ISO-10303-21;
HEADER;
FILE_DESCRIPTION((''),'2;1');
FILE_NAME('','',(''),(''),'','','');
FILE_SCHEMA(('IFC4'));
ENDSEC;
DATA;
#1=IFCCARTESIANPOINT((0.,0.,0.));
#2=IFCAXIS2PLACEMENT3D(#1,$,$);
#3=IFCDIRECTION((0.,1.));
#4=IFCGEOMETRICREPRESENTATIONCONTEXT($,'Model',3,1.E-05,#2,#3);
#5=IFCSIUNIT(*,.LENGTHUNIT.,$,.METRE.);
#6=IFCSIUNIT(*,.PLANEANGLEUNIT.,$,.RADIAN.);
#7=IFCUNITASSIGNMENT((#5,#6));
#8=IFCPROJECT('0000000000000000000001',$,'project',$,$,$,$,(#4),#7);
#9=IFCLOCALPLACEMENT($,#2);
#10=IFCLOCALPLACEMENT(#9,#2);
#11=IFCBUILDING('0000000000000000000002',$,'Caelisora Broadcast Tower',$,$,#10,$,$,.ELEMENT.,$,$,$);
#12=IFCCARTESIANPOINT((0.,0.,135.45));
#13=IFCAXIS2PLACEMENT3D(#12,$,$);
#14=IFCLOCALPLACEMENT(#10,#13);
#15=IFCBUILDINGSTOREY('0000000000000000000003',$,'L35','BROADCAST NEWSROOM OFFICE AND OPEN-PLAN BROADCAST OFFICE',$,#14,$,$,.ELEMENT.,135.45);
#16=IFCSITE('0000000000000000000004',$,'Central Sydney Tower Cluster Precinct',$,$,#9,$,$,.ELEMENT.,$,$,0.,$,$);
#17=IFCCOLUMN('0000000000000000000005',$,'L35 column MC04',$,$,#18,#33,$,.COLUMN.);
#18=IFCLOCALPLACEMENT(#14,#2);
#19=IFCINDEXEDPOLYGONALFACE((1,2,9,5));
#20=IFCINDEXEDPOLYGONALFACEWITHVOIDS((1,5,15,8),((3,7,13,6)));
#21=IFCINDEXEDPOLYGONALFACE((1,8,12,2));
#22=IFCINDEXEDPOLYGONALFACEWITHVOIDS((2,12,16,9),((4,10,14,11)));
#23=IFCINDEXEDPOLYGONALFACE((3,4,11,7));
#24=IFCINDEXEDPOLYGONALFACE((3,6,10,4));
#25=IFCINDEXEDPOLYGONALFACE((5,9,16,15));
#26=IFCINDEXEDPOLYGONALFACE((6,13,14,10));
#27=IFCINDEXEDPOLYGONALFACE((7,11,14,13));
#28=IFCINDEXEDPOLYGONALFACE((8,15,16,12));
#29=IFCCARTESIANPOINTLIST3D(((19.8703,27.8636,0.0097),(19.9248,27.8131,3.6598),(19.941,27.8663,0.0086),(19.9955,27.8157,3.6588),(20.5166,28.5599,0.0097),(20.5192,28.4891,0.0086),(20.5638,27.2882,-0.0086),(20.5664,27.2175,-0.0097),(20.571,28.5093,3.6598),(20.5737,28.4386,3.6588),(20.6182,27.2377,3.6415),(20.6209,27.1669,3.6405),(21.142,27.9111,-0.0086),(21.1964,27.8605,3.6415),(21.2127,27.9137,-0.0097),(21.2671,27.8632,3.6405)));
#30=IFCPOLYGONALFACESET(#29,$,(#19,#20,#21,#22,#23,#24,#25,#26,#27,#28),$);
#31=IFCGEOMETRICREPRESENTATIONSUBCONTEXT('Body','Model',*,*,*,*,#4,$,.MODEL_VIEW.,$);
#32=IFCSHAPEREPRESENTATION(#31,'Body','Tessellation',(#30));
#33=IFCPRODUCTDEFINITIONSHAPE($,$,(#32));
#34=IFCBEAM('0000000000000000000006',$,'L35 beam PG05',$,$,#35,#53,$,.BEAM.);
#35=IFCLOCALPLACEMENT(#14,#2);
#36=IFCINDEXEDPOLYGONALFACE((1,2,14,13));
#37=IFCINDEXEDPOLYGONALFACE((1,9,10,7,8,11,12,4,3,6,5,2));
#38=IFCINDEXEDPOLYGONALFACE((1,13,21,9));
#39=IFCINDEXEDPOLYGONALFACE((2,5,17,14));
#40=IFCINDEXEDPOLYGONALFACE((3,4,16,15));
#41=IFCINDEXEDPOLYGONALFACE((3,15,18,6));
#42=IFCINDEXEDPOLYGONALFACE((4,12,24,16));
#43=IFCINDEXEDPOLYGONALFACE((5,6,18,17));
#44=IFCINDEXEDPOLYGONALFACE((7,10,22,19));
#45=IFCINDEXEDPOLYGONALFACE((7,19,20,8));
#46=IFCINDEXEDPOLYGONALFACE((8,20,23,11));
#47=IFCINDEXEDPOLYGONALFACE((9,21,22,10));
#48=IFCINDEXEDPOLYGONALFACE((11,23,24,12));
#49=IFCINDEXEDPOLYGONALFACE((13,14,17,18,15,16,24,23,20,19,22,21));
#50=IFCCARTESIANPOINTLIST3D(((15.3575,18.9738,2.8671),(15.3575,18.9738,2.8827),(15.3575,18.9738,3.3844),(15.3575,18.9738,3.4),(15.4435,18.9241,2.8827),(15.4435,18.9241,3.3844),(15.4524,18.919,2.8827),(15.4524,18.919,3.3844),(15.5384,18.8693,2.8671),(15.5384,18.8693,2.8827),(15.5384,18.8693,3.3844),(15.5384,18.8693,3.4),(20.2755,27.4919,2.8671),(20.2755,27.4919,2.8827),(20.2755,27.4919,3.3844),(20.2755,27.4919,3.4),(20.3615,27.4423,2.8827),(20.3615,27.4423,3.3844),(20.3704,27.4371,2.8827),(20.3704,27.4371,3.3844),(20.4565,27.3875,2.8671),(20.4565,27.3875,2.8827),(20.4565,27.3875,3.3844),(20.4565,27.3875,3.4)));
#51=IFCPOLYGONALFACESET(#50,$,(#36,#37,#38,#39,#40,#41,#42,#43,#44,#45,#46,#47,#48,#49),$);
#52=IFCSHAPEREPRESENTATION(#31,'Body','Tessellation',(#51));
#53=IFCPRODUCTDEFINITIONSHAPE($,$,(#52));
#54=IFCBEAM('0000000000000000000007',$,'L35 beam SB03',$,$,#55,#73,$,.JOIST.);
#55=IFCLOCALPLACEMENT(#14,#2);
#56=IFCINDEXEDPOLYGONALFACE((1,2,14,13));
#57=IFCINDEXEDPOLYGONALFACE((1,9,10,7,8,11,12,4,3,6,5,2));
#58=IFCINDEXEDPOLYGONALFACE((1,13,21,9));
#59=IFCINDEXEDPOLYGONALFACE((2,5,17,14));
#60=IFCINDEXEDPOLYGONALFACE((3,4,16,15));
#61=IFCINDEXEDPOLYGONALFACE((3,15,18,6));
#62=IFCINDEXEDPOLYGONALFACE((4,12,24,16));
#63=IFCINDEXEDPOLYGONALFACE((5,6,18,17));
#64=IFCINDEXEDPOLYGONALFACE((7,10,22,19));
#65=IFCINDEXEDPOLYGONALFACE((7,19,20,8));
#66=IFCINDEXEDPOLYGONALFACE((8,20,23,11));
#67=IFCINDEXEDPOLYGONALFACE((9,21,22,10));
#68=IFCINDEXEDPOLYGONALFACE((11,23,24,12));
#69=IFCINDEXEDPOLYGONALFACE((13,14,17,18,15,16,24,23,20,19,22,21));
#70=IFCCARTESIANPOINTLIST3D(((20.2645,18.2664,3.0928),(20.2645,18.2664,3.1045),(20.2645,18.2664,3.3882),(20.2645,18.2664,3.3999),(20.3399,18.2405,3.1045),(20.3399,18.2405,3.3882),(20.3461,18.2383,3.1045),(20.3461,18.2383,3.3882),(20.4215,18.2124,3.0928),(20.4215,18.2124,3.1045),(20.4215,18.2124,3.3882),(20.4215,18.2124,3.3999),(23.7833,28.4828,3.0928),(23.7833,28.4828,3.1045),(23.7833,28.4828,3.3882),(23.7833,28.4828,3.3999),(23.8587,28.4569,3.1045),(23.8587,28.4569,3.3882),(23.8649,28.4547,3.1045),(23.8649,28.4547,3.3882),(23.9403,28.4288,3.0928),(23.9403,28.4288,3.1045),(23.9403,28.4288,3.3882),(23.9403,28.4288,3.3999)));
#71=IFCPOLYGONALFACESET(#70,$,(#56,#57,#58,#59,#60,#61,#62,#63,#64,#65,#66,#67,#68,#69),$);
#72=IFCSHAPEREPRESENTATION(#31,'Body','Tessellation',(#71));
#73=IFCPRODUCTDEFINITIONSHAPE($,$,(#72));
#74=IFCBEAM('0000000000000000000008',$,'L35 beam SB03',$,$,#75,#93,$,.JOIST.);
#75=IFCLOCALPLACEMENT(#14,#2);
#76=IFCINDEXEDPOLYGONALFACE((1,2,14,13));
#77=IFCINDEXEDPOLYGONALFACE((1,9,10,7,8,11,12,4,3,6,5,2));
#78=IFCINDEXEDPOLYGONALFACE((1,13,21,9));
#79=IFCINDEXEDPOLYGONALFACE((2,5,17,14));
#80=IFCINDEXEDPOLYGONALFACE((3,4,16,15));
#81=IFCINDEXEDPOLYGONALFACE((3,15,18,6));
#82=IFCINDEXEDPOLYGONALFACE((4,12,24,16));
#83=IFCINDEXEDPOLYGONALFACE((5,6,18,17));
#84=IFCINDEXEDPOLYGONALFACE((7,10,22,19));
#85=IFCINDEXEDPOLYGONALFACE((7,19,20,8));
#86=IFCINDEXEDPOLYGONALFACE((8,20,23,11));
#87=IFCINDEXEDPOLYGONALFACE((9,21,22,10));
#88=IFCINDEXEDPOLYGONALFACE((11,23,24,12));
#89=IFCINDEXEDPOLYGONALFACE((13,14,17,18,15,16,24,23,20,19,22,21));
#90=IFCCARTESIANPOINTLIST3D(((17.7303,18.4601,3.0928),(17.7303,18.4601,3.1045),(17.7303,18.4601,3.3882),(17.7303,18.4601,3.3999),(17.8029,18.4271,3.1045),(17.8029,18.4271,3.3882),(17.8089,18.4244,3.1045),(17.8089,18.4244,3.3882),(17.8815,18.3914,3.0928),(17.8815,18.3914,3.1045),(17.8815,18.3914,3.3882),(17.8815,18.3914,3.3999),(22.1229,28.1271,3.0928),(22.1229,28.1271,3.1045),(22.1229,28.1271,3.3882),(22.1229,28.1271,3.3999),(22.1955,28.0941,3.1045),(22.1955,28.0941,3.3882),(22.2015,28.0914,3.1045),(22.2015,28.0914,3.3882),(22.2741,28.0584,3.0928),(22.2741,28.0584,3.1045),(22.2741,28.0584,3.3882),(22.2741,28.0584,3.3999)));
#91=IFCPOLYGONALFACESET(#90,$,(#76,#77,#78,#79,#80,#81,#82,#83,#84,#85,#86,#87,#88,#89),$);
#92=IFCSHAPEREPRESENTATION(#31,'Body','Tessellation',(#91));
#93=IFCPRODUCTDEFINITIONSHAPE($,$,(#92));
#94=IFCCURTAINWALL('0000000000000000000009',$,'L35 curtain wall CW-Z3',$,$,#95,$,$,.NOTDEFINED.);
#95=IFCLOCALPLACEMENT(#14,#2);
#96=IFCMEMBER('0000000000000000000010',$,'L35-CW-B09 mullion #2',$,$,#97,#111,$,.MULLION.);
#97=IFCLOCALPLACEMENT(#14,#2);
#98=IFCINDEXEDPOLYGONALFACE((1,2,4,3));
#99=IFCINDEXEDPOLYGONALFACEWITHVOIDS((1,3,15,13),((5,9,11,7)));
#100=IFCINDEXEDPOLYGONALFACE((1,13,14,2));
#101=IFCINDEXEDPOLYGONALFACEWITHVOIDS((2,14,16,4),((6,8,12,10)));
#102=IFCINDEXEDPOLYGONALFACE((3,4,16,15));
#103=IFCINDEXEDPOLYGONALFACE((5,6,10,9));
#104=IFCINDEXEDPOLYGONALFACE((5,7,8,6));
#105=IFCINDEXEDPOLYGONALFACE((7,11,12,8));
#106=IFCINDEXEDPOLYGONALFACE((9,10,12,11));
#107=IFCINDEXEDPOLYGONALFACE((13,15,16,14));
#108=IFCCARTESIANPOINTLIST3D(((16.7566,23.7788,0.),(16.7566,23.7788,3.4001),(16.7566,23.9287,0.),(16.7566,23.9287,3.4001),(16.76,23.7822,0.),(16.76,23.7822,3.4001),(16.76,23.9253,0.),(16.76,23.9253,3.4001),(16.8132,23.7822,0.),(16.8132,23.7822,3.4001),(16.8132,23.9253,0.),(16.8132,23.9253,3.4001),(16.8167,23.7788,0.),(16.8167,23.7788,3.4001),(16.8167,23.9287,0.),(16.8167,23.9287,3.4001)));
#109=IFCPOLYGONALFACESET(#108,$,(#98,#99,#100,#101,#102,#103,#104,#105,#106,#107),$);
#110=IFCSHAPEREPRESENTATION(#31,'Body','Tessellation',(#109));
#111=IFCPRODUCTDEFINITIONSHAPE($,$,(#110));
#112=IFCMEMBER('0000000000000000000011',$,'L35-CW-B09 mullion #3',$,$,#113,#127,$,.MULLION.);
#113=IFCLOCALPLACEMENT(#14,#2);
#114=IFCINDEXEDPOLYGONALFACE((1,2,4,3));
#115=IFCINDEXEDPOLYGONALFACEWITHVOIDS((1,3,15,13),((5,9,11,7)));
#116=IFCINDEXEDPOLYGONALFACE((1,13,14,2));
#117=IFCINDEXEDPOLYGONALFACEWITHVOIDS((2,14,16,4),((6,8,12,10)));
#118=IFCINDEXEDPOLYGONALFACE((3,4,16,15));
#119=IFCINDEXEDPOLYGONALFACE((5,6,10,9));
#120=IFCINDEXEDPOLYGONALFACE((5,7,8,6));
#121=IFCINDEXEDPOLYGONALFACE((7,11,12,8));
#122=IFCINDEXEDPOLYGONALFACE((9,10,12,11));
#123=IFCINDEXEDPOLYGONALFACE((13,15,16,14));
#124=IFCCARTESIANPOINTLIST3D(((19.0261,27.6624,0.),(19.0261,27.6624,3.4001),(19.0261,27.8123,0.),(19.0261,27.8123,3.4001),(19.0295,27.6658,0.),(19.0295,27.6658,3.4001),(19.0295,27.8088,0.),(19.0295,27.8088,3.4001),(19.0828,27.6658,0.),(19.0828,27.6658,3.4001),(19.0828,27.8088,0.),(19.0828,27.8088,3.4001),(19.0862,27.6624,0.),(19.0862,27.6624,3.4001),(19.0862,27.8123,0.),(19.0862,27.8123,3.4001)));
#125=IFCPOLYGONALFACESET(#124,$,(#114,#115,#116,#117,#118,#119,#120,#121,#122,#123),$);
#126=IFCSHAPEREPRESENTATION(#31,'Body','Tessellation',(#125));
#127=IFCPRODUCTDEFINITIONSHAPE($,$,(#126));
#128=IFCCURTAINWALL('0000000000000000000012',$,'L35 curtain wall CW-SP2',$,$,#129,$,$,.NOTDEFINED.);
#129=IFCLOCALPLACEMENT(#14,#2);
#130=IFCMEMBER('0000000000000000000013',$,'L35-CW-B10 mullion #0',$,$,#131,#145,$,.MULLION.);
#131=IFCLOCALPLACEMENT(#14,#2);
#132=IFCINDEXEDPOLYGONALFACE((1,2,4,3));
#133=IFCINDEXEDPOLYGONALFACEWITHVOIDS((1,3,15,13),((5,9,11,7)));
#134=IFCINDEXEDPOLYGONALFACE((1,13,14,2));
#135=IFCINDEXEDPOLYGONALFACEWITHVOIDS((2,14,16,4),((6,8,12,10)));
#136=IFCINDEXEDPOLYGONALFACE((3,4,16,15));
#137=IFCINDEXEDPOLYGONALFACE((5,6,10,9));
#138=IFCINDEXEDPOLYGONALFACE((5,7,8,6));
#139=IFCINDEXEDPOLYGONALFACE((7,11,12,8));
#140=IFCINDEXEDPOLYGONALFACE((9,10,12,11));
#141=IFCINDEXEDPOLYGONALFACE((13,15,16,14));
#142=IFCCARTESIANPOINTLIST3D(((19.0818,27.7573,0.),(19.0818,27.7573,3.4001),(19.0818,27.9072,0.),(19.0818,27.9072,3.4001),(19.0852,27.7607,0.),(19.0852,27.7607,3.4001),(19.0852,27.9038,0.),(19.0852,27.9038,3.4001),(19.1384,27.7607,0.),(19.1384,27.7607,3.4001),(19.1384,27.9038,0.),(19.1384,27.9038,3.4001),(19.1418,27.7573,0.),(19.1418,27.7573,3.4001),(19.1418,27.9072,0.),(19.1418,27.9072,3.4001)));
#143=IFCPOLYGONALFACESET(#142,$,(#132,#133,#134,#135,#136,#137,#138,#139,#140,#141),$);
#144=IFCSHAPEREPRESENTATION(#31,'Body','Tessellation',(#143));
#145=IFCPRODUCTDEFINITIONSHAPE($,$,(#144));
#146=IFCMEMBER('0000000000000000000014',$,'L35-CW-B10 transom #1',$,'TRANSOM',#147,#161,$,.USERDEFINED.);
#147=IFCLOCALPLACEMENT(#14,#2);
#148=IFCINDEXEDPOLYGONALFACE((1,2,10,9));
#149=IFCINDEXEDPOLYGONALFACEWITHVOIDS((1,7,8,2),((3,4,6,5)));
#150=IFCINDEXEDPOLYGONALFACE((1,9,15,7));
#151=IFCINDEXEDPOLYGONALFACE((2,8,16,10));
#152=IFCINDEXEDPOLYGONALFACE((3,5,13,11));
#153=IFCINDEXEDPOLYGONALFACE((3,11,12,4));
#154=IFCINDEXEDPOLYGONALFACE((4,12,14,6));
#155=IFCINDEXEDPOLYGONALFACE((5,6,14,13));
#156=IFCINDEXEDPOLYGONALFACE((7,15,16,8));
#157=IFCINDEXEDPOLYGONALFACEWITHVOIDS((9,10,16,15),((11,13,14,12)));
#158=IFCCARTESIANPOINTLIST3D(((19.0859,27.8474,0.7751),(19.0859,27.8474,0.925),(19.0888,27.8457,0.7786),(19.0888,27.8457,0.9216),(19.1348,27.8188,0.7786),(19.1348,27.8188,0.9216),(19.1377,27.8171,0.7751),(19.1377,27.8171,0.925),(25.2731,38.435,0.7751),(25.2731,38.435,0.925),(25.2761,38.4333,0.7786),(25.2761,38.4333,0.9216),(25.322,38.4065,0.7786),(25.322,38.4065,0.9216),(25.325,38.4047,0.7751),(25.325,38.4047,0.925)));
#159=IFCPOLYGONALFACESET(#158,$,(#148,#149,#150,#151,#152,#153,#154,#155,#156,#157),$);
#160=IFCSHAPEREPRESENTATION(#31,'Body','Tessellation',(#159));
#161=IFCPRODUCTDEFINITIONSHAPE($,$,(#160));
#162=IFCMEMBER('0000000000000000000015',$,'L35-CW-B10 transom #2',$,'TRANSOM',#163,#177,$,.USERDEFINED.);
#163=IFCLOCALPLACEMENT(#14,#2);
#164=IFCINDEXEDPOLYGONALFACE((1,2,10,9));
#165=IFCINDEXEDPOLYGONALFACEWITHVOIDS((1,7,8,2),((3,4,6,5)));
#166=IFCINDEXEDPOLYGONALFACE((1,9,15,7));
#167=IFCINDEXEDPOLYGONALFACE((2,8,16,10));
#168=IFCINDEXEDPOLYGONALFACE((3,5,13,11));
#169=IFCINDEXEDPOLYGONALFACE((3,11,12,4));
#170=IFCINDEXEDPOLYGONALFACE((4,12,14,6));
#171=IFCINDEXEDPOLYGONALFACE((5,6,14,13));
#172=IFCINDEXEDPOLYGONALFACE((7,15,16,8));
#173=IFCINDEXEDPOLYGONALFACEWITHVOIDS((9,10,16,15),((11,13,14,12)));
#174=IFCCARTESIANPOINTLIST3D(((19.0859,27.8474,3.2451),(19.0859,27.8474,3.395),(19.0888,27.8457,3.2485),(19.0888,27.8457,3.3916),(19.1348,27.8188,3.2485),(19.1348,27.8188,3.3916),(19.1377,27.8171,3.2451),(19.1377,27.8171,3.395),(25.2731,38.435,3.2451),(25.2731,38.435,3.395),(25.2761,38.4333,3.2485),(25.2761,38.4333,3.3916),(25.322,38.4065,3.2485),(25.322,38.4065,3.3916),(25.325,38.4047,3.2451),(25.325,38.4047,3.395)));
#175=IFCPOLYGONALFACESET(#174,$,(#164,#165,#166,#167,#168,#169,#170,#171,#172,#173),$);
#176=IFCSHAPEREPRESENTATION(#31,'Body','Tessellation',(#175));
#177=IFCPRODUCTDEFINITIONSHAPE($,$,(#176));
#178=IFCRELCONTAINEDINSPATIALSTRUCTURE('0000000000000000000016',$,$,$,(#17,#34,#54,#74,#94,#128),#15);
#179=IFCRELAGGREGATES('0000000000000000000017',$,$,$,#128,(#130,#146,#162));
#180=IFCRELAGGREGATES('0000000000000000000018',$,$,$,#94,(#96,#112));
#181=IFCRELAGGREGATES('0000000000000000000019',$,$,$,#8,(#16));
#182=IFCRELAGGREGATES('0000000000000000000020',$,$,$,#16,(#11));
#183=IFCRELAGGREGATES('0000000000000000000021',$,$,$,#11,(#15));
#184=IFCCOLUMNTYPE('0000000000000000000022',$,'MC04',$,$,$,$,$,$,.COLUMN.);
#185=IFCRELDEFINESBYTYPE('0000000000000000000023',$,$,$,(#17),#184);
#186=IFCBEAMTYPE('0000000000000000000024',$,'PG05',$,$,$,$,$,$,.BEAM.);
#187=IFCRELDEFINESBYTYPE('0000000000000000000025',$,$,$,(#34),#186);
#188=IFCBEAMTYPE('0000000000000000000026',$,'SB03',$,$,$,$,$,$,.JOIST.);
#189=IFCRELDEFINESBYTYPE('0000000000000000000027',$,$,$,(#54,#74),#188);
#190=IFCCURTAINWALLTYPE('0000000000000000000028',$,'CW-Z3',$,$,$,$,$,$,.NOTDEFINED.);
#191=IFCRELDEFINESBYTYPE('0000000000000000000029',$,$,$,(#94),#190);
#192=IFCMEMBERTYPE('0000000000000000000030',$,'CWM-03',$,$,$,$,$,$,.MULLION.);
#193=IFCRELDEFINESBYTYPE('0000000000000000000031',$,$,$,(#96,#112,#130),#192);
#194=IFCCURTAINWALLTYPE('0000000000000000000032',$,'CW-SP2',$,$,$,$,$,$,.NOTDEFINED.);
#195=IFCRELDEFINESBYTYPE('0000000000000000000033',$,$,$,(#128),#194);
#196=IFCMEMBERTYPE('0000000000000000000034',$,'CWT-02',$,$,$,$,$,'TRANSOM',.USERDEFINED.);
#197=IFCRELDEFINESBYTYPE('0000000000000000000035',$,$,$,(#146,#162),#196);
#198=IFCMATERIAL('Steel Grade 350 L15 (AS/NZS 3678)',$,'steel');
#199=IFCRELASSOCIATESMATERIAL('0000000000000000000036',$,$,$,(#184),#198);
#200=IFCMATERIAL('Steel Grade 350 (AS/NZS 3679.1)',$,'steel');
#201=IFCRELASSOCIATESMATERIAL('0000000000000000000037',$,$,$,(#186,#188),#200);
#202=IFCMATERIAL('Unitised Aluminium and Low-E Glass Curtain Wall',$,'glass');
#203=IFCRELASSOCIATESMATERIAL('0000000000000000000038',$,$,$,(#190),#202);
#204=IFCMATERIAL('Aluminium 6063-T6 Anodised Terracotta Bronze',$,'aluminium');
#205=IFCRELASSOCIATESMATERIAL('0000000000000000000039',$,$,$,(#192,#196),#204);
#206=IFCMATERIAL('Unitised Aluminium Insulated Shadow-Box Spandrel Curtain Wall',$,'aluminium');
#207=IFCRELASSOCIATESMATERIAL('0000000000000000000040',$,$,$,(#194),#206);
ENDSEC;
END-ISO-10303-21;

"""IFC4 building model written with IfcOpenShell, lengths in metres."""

from ifc_helpers import new_model, si_unit, direction, frame, origin, origin_2d, place, context, subcontext, project, spatial, hollow_rectangle, i_section, extrude, source, transform, mapped, material, material_profile, profile_set, type_object, type_shapes, element, aggregate, save


model = new_model("IFC4")

# Units and contexts
model_context = context("Model", 3, precision=1e-05, world=origin(), true_north=direction((0.0, 1.0)))
body_context = subcontext(model_context, "Body", "Model", "MODEL_VIEW")
ifc_project = project(units=[si_unit("LENGTHUNIT", "METRE"), si_unit("PLANEANGLEUNIT", "RADIAN")], contexts=[model_context])

# Site, building, storey
site_placement = place(None, origin())
site = spatial("IfcSite", under=ifc_project, at=site_placement, Name="Central Sydney Tower Cluster Precinct", CompositionType="ELEMENT", RefElevation=0.0)
building_placement = place(site_placement, origin())
building = spatial("IfcBuilding", under=site, at=building_placement, Name="Caelisora Broadcast Tower", CompositionType="ELEMENT")
storey_placement = place(building_placement, frame((0.0, 0.0, 135.45)))
storey = spatial("IfcBuildingStorey", under=building, at=storey_placement, Name="L35", Description="BROADCAST NEWSROOM OFFICE AND OPEN-PLAN BROADCAST OFFICE", CompositionType="ELEMENT", Elevation=135.45)

# Column
ifc_material_1 = material(Name="Steel Grade 350 L15 (AS/NZS 3678)", Category="steel")
ifc_material_profile_1 = material_profile(ifc_material_1, hollow_rectangle(XDim=0.95, YDim=0.95, WallThickness=0.05, at=origin_2d()), Name="Steel Grade 350 L15 (AS/NZS 3678)")
ifc_profile_set_1 = profile_set([ifc_material_profile_1], Name="Steel Grade 350 L15 (AS/NZS 3678)")
column_type = type_object("IfcColumnType", Name="MC04", PredefinedType="COLUMN", material=ifc_profile_set_1)
shared_shape_1 = source(origin(), body_context, "Body", "SweptSolid", [
    extrude(hollow_rectangle(XDim=0.95, YDim=0.95, WallThickness=0.05, at=origin_2d()), origin(), (0.0, 0.0, 1.0), 3.6509),
])
type_shapes(column_type, [shared_shape_1])
column_placement = place(storey_placement, frame((20.5415, 27.8887, 0.0), z_axis=(0.014912, -0.013842, 0.999793), x_axis=(0.680325, 0.732911, 0.0)))
element("IfcColumn", 1, at=column_placement, inside=storey, type_object=column_type, Name="L35 column MC04", PredefinedType="COLUMN", context=body_context, shape_type="MappedRepresentation", body=[
    mapped(shared_shape_1, transform((0.0, 0.0, 0.0), scale=1.0)),
])

# Beams
ifc_material_2 = material(Name="Steel Grade 350 (AS/NZS 3679.1)", Category="steel")
ifc_material_profile_2 = material_profile(ifc_material_2, i_section(OverallWidth=0.209, OverallDepth=0.533, WebThickness=0.0103, FlangeThickness=0.0156, at=origin_2d()), Name="Steel Grade 350 (AS/NZS 3679.1)")
ifc_profile_set_2 = profile_set([ifc_material_profile_2], Name="Steel Grade 350 (AS/NZS 3679.1)")
beam_type_1 = type_object("IfcBeamType", Name="PG05", PredefinedType="BEAM", material=ifc_profile_set_2)
shared_shape_2 = source(origin(), body_context, "Body", "SweptSolid", [
    extrude(i_section(OverallWidth=0.209, OverallDepth=0.533, WebThickness=0.0103, FlangeThickness=0.0156, at=origin_2d()), origin(), (0.0, 0.0, 1.0), 9.8359),
])
type_shapes(beam_type_1, [shared_shape_2])
beam_1_placement = place(storey_placement, frame((20.366, 27.4397, 3.1335), z_axis=(-0.500005, -0.866023, 0.0), x_axis=(0.866023, -0.500005, 0.0)))
element("IfcBeam", 2, at=beam_1_placement, inside=storey, type_object=beam_type_1, Name="L35 beam PG05", PredefinedType="BEAM", context=body_context, shape_type="MappedRepresentation", body=[
    mapped(shared_shape_2, transform((0.0, 0.0, 0.0), scale=1.0)),
])
ifc_material_profile_3 = material_profile(ifc_material_2, i_section(OverallWidth=0.166, OverallDepth=0.3071, WebThickness=0.0066, FlangeThickness=0.0117, at=origin_2d()), Name="Steel Grade 350 (AS/NZS 3679.1)")
ifc_profile_set_3 = profile_set([ifc_material_profile_3], Name="Steel Grade 350 (AS/NZS 3679.1)")
beam_type_2 = type_object("IfcBeamType", Name="SB03", PredefinedType="JOIST", material=ifc_profile_set_3)
shared_shape_3 = source(origin(), body_context, "Body", "SweptSolid", [
    extrude(i_section(OverallWidth=0.166, OverallDepth=0.3071, WebThickness=0.0066, FlangeThickness=0.0117, at=origin_2d()), origin(), (0.0, 0.0, 1.0), 10.8054),
])
beam_2_placement = place(storey_placement, frame((23.8618, 28.4558, 3.2463), z_axis=(-0.325654, -0.945489, 0.0), x_axis=(0.945489, -0.325654, 0.0)))
element("IfcBeam", 3, at=beam_2_placement, inside=storey, type_object=beam_type_2, Name="L35 beam SB03", PredefinedType="JOIST", context=body_context, shape_type="MappedRepresentation", body=[
    mapped(shared_shape_3, transform((0.0, 0.0, 0.0), scale=1.0)),
])
shared_shape_4 = source(origin(), body_context, "Body", "SweptSolid", [
    extrude(i_section(OverallWidth=0.166, OverallDepth=0.3071, WebThickness=0.0066, FlangeThickness=0.0117, at=origin_2d()), origin(), (0.0, 0.0, 1.0), 10.6182),
])
type_shapes(beam_type_2, [shared_shape_3, shared_shape_4])
beam_3_placement = place(storey_placement, frame((22.1985, 28.0928, 3.2463), z_axis=(-0.413685, -0.91042, 0.0), x_axis=(0.91042, -0.413685, 0.0)))
element("IfcBeam", 4, at=beam_3_placement, inside=storey, type_object=beam_type_2, Name="L35 beam SB03", PredefinedType="JOIST", context=body_context, shape_type="MappedRepresentation", body=[
    mapped(shared_shape_4, transform((0.0, 0.0, 0.0), scale=1.0)),
])

# Curtain walls, members
ifc_material_3 = material(Name="Unitised Aluminium and Low-E Glass Curtain Wall", Category="glass")
curtain_wall_type_1 = type_object("IfcCurtainWallType", Name="CW-Z3", PredefinedType="NOTDEFINED", material=ifc_material_3)
curtain_wall_1_placement = place(storey_placement, origin())
curtain_wall_1 = element("IfcCurtainWall", 5, at=curtain_wall_1_placement, inside=storey, type_object=curtain_wall_type_1, Name="L35 curtain wall CW-Z3", PredefinedType="NOTDEFINED")
ifc_material_4 = material(Name="Aluminium 6063-T6 Anodised Terracotta Bronze", Category="aluminium")
ifc_material_profile_4 = material_profile(ifc_material_4, hollow_rectangle(XDim=0.0601, YDim=0.1499, WallThickness=0.0034, at=origin_2d()), Name="Aluminium 6063-T6 Anodised Terracotta Bronze")
ifc_profile_set_4 = profile_set([ifc_material_profile_4], Name="Aluminium 6063-T6 Anodised Terracotta Bronze")
member_type_1 = type_object("IfcMemberType", Name="CWM-03", PredefinedType="MULLION", material=ifc_profile_set_4)
shared_shape_5 = source(origin(), body_context, "Body", "SweptSolid", [
    extrude(hollow_rectangle(XDim=0.0601, YDim=0.1499, WallThickness=0.0034, at=origin_2d()), origin(), (0.0, 0.0, 1.0), 3.4001),
])
type_shapes(member_type_1, [shared_shape_5])
member_1_placement = place(storey_placement, frame((16.7866, 23.8538, 0.0), z_axis=(0.0, 0.0, 1.0), x_axis=(1.0, 0.0, 0.0)))
member_1 = element("IfcMember", 6, at=member_1_placement, type_object=member_type_1, Name="L35-CW-B09 mullion #2", PredefinedType="MULLION", context=body_context, shape_type="MappedRepresentation", body=[
    mapped(shared_shape_5, transform((0.0, 0.0, 0.0), scale=1.0)),
])
member_2_placement = place(storey_placement, frame((19.0562, 27.7373, 0.0), z_axis=(0.0, 0.0, 1.0), x_axis=(1.0, 0.0, 0.0)))
member_2 = element("IfcMember", 7, at=member_2_placement, type_object=member_type_1, Name="L35-CW-B09 mullion #3", PredefinedType="MULLION", context=body_context, shape_type="MappedRepresentation", body=[
    mapped(shared_shape_5, transform((0.0, 0.0, 0.0), scale=1.0)),
])
ifc_material_5 = material(Name="Unitised Aluminium Insulated Shadow-Box Spandrel Curtain Wall", Category="aluminium")
curtain_wall_type_2 = type_object("IfcCurtainWallType", Name="CW-SP2", PredefinedType="NOTDEFINED", material=ifc_material_5)
curtain_wall_2_placement = place(storey_placement, origin())
curtain_wall_2 = element("IfcCurtainWall", 8, at=curtain_wall_2_placement, inside=storey, type_object=curtain_wall_type_2, Name="L35 curtain wall CW-SP2", PredefinedType="NOTDEFINED")
member_3_placement = place(storey_placement, frame((19.1118, 27.8323, 0.0), z_axis=(0.0, 0.0, 1.0), x_axis=(1.0, 0.0, 0.0)))
member_3 = element("IfcMember", 9, at=member_3_placement, type_object=member_type_1, Name="L35-CW-B10 mullion #0", PredefinedType="MULLION", context=body_context, shape_type="MappedRepresentation", body=[
    mapped(shared_shape_5, transform((0.0, 0.0, 0.0), scale=1.0)),
])
ifc_material_profile_5 = material_profile(ifc_material_4, hollow_rectangle(XDim=0.0601, YDim=0.1499, WallThickness=0.0034, at=origin_2d()), Name="Aluminium 6063-T6 Anodised Terracotta Bronze")
ifc_profile_set_5 = profile_set([ifc_material_profile_5], Name="Aluminium 6063-T6 Anodised Terracotta Bronze")
member_type_2 = type_object("IfcMemberType", Name="CWT-02", ElementType="TRANSOM", PredefinedType="USERDEFINED", material=ifc_profile_set_5)
shared_shape_6 = source(origin(), body_context, "Body", "SweptSolid", [
    extrude(hollow_rectangle(XDim=0.0601, YDim=0.1499, WallThickness=0.0034, at=origin_2d()), origin(), (0.0, 0.0, 1.0), 12.2629),
])
type_shapes(member_type_2, [shared_shape_6])
member_4_placement = place(storey_placement, frame((19.1118, 27.8323, 0.8501), z_axis=(0.504548, 0.863384, 0.0), x_axis=(-0.863384, 0.504548, 0.0)))
member_4 = element("IfcMember", 10, at=member_4_placement, type_object=member_type_2, Name="L35-CW-B10 transom #1", ObjectType="TRANSOM", PredefinedType="USERDEFINED", context=body_context, shape_type="MappedRepresentation", body=[
    mapped(shared_shape_6, transform((0.0, 0.0, 0.0), scale=1.0)),
])
member_5_placement = place(storey_placement, frame((19.1118, 27.8323, 3.3201), z_axis=(0.504548, 0.863384, 0.0), x_axis=(-0.863384, 0.504548, 0.0)))
member_5 = element("IfcMember", 11, at=member_5_placement, type_object=member_type_2, Name="L35-CW-B10 transom #2", ObjectType="TRANSOM", PredefinedType="USERDEFINED", context=body_context, shape_type="MappedRepresentation", body=[
    mapped(shared_shape_6, transform((0.0, 0.0, 0.0), scale=1.0)),
])

aggregate(curtain_wall_2, [member_3, member_4, member_5])
aggregate(curtain_wall_1, [member_1, member_2])

save(model, "model.ifc")
